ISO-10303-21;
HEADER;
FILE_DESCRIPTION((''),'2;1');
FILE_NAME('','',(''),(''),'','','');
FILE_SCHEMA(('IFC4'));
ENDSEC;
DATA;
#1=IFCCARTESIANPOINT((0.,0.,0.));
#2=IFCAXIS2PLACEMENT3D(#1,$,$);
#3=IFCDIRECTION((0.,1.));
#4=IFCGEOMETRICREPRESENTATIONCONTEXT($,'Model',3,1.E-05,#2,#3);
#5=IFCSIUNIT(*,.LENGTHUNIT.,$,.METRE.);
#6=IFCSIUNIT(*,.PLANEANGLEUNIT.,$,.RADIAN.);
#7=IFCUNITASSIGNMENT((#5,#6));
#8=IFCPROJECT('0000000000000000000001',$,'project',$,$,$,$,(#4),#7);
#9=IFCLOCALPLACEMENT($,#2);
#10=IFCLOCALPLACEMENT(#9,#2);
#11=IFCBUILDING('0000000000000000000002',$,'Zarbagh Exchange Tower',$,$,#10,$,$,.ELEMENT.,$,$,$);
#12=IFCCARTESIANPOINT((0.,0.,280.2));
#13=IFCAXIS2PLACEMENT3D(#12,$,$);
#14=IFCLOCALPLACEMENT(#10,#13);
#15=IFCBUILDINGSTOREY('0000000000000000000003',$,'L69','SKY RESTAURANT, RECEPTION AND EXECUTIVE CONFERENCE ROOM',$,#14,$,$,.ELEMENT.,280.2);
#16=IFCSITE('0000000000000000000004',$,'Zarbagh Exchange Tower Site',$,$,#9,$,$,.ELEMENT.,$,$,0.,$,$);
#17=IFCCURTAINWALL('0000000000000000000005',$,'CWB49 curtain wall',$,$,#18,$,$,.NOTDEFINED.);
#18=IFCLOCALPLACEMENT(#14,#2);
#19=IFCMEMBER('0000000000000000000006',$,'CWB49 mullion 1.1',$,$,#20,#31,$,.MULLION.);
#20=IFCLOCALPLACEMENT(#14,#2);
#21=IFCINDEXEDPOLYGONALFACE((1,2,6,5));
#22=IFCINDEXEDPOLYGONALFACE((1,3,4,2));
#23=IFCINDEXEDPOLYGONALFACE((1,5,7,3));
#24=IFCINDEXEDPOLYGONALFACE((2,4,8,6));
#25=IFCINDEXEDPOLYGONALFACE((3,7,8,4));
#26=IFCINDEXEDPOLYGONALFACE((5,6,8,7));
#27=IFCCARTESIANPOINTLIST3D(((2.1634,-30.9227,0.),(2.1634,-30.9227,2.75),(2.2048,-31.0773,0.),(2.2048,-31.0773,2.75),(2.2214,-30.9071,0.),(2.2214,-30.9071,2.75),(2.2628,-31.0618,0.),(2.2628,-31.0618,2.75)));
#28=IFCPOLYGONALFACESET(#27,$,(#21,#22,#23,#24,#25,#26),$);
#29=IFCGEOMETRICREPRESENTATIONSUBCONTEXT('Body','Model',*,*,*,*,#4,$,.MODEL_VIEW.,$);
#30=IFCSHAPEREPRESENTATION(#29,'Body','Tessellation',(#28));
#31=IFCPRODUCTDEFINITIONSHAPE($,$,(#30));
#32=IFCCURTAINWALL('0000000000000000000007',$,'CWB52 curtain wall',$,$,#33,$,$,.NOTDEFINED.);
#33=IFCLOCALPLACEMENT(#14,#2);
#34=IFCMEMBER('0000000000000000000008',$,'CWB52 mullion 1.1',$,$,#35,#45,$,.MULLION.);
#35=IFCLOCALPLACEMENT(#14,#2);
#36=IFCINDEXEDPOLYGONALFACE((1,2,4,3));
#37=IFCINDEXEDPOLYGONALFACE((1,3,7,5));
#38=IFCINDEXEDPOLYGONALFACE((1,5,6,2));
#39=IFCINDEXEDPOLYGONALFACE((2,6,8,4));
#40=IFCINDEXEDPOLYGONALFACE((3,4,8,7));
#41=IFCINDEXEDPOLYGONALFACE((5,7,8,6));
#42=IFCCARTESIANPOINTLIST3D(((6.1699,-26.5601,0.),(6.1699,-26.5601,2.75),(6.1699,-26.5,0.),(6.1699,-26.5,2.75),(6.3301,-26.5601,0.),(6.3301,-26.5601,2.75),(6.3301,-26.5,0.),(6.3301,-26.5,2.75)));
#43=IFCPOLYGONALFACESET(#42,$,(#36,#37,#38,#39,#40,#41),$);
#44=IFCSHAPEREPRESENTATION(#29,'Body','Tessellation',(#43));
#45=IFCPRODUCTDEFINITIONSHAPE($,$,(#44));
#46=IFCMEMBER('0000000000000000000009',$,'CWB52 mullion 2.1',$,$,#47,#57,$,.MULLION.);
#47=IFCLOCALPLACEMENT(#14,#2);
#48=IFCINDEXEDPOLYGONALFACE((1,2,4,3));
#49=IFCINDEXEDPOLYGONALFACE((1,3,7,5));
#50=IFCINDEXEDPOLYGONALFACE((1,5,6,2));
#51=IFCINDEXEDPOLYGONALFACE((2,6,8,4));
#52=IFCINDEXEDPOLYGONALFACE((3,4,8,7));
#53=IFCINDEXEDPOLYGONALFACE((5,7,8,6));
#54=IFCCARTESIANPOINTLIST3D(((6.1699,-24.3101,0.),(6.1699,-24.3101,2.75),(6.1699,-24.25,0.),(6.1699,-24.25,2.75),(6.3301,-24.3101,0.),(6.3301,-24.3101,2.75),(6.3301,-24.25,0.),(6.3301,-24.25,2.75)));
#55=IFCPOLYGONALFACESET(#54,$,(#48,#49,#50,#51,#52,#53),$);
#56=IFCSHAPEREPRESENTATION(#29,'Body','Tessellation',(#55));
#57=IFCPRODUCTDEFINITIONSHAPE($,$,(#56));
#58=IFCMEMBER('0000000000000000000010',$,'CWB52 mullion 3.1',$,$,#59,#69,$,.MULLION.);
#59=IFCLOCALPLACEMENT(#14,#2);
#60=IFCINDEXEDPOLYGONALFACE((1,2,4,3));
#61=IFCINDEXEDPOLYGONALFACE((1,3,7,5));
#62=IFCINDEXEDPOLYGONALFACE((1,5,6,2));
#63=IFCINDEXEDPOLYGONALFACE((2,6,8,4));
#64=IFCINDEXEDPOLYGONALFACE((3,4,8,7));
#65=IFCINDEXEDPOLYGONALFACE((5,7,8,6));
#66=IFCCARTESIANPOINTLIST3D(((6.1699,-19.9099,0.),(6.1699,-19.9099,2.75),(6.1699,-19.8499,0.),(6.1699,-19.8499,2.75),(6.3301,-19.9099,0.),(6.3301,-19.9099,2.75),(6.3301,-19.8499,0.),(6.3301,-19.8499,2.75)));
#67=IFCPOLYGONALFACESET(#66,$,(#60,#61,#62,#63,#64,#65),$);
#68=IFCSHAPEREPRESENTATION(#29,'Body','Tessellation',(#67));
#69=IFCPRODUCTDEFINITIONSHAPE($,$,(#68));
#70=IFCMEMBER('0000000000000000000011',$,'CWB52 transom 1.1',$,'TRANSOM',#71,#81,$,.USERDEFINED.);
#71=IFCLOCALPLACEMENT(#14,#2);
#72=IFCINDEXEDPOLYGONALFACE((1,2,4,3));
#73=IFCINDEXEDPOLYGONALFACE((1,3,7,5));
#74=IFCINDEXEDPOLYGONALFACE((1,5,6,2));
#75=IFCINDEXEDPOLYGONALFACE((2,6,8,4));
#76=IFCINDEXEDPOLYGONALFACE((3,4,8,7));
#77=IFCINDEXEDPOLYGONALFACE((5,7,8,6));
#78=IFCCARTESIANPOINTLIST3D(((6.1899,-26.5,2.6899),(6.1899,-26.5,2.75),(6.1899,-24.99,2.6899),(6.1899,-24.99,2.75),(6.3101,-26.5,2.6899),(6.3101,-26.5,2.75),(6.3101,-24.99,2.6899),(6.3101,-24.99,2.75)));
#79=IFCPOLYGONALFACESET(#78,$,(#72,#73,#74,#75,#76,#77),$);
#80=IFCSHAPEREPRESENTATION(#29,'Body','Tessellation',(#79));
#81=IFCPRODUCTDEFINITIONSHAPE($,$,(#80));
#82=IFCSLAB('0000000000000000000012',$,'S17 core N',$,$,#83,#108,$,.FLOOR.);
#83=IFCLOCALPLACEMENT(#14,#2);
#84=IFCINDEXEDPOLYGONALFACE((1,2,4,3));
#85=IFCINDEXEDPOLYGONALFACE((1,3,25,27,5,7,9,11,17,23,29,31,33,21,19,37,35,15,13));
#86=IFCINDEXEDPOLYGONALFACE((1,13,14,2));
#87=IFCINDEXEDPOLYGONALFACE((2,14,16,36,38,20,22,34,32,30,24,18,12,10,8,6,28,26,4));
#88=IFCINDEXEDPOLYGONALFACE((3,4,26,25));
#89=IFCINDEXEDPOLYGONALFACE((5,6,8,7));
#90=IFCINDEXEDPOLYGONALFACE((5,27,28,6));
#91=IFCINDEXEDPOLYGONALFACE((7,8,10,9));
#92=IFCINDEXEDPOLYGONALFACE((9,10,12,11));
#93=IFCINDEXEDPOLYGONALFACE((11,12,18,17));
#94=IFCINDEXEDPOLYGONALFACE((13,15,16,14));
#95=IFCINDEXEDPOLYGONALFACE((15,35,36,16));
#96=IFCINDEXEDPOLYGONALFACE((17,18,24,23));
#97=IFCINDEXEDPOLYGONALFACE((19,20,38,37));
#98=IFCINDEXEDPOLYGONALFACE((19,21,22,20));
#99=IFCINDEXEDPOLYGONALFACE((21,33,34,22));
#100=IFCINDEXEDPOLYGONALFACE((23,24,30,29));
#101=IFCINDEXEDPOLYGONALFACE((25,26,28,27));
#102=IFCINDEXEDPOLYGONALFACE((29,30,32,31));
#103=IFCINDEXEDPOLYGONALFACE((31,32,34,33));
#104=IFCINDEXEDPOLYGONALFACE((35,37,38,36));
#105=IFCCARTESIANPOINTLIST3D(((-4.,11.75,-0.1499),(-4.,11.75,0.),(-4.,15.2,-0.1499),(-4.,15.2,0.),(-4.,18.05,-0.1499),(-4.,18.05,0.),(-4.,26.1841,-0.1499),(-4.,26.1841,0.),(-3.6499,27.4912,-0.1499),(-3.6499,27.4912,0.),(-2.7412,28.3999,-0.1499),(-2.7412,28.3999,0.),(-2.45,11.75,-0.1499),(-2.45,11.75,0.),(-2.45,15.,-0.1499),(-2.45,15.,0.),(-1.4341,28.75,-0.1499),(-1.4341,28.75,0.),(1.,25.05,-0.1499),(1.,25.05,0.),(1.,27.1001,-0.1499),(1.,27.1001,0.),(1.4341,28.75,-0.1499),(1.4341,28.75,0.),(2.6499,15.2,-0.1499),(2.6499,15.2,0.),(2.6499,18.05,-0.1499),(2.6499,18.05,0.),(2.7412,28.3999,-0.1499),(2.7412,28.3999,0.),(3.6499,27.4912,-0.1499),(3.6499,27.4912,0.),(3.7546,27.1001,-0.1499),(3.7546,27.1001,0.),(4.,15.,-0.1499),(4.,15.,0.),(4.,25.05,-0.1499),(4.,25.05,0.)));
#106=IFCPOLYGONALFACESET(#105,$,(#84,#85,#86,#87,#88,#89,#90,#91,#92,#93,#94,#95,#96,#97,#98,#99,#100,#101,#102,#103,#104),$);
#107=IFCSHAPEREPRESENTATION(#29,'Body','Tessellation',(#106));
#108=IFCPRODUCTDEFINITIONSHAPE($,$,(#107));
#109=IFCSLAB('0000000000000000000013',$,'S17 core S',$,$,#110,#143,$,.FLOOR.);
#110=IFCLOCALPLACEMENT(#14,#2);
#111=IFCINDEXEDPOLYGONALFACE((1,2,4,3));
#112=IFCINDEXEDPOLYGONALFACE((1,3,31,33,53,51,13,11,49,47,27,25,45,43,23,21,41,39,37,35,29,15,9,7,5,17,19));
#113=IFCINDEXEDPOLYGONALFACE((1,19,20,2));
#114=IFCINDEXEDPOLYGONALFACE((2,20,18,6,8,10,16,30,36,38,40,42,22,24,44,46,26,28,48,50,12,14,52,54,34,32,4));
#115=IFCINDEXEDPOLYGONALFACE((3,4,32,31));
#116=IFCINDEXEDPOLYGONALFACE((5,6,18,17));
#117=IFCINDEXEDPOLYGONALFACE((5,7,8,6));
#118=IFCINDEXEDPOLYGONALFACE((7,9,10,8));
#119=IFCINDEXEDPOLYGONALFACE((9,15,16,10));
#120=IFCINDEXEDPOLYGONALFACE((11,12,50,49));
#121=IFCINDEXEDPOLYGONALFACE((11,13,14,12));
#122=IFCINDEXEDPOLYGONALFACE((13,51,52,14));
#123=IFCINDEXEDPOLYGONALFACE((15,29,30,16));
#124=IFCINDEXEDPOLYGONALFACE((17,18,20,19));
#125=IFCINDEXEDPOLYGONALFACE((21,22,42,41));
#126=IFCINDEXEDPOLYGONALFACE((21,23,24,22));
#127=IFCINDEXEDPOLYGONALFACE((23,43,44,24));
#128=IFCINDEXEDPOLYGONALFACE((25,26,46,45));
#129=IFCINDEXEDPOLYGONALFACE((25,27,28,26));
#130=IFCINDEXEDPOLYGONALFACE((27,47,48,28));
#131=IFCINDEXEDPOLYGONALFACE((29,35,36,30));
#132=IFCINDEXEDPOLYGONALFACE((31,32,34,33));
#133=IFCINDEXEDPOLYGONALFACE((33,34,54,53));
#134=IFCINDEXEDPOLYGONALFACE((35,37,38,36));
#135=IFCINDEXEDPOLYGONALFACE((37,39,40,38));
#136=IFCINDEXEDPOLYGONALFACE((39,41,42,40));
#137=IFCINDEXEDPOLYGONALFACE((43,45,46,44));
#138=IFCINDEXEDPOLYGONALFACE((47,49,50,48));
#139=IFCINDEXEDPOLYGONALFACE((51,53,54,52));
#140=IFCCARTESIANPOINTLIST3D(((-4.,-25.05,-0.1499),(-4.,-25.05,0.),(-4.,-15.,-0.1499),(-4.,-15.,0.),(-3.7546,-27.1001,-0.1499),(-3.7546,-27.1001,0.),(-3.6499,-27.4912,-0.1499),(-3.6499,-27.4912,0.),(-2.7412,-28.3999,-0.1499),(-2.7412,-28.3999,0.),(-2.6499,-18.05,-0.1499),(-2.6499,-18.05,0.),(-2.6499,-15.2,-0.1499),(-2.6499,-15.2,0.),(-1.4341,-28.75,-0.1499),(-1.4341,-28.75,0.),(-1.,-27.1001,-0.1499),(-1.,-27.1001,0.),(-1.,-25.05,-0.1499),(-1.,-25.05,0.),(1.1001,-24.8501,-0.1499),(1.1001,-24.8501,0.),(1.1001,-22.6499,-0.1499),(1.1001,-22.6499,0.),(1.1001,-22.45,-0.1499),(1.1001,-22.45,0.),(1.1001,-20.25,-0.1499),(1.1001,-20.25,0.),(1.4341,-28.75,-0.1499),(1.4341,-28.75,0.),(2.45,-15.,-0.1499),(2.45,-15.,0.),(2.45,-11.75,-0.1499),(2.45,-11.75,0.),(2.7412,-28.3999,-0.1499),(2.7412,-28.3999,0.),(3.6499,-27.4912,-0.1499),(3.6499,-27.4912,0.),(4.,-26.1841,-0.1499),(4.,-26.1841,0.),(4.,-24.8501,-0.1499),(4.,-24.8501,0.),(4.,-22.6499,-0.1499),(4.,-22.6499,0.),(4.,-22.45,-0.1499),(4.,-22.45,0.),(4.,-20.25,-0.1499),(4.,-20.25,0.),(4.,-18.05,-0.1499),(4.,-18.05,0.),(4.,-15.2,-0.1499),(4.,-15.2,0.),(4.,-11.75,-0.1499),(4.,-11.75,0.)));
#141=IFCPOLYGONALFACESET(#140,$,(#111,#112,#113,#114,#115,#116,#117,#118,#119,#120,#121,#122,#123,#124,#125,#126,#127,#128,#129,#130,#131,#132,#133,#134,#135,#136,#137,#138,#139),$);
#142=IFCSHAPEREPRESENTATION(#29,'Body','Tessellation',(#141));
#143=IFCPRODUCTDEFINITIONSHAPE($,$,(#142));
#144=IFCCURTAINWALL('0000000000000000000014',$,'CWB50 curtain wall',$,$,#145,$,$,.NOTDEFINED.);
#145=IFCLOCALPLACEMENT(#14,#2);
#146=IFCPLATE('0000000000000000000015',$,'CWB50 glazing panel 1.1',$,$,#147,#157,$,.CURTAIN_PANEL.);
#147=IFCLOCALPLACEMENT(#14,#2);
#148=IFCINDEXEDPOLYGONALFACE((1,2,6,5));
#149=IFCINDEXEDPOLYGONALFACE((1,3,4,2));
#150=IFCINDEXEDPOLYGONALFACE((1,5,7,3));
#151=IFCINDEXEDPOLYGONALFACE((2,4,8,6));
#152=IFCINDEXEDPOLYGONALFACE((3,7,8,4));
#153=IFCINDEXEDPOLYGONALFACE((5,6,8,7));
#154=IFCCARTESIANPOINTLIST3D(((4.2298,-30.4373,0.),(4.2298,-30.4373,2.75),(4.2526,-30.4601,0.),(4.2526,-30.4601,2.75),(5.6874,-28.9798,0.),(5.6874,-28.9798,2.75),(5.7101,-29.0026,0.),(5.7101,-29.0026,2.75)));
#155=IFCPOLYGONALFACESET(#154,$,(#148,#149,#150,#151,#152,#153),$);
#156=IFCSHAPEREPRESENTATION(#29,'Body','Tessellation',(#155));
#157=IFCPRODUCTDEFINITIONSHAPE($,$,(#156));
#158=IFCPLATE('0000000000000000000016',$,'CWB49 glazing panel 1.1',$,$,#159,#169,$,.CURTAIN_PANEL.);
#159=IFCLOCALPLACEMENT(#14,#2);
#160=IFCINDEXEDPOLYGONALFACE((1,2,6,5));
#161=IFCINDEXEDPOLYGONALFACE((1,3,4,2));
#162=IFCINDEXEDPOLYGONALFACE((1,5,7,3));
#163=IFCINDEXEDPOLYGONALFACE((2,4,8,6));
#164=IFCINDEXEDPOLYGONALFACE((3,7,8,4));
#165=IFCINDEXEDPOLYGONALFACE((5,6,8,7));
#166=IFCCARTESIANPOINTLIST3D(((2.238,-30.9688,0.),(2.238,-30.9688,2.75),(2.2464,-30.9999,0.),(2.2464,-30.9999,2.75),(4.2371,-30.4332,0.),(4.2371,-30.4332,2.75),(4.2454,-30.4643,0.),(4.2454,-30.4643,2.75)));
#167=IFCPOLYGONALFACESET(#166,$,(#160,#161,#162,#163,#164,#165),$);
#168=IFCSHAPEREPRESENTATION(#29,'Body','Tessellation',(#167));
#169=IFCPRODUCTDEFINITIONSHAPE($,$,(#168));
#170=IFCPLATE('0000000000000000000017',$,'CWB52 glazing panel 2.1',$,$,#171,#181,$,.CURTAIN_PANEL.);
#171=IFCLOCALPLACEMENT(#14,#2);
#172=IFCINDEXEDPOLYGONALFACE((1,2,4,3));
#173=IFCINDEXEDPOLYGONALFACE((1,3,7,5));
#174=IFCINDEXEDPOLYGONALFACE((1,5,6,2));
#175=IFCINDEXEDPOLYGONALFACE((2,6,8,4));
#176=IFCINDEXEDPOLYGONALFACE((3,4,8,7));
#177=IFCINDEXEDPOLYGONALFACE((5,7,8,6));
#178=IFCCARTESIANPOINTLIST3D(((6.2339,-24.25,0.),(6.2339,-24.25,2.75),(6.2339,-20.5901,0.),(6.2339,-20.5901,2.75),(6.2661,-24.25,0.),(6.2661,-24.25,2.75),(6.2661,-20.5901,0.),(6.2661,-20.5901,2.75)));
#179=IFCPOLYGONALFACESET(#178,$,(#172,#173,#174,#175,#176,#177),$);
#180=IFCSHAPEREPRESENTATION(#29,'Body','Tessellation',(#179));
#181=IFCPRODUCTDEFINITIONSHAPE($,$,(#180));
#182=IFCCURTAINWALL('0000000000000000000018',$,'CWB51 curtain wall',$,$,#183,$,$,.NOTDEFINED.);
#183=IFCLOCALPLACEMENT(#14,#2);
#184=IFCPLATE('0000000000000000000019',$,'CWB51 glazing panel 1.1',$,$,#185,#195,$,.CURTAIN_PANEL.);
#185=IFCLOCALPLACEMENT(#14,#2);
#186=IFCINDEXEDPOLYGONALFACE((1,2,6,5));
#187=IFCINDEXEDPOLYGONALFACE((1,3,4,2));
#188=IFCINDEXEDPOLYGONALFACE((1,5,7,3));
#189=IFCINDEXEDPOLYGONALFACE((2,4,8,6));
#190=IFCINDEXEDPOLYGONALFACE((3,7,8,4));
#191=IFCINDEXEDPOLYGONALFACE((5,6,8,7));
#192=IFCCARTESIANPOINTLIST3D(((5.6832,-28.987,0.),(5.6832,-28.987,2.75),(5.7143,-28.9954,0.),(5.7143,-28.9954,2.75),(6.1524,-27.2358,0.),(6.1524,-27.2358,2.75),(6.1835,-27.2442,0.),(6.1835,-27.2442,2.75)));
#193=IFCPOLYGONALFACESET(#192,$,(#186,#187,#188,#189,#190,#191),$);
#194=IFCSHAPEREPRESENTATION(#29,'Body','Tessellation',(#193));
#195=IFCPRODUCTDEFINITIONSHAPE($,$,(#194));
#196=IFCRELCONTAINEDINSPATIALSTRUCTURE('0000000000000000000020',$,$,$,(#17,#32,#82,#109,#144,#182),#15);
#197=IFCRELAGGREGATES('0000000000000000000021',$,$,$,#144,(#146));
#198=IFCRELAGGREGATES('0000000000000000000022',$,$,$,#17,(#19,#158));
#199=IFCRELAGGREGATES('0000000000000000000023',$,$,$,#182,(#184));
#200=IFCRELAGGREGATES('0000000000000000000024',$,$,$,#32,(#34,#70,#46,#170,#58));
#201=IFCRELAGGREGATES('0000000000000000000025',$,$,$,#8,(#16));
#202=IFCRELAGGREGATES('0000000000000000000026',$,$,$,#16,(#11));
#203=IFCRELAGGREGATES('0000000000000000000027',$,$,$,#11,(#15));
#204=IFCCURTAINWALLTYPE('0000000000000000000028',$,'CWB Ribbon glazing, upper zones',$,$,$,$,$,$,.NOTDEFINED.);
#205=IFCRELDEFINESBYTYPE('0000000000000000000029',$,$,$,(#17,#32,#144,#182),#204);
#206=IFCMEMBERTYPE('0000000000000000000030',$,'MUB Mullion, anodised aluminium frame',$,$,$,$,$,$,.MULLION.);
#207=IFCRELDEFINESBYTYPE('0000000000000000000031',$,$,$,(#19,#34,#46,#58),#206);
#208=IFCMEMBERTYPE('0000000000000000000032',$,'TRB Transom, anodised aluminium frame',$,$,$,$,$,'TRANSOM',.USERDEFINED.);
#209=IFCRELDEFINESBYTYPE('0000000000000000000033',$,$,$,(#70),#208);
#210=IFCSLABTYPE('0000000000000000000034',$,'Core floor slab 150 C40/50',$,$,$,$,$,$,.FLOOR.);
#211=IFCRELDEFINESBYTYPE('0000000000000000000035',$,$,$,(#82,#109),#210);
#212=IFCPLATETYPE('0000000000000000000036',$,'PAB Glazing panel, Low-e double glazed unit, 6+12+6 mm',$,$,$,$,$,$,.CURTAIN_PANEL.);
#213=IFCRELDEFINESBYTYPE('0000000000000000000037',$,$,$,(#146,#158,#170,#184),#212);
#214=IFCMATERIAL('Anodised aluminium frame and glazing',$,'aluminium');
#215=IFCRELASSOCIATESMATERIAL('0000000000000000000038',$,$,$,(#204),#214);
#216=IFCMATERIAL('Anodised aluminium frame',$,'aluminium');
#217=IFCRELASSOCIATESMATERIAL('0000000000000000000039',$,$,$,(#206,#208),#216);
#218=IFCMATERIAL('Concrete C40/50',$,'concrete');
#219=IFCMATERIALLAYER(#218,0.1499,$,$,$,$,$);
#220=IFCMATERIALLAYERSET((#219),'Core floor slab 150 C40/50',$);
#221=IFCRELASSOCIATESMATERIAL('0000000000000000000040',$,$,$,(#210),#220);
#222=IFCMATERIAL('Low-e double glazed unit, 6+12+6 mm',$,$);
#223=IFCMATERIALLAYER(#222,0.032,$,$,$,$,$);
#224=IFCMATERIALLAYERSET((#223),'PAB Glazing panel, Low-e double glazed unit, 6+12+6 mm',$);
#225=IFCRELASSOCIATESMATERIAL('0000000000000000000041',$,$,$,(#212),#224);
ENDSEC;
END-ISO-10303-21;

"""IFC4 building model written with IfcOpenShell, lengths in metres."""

from ifc_helpers import new_model, si_unit, direction, frame, origin, place, context, subcontext, project, spatial, polyline, outline, extrude, source, transform, mapped, material, layer, layer_set, type_object, element, aggregate, save


model = new_model("IFC4")

# Units and contexts
model_context = context("Model", 3, precision=1e-05, world=origin(), true_north=direction((0.0, 1.0)))
body_context = subcontext(model_context, "Body", "Model", "MODEL_VIEW")
ifc_project = project(units=[si_unit("LENGTHUNIT", "METRE"), si_unit("PLANEANGLEUNIT", "RADIAN")], contexts=[model_context])

# Site, building, storey
site_placement = place(None, origin())
site = spatial("IfcSite", under=ifc_project, at=site_placement, Name="Zarbagh Exchange Tower Site", CompositionType="ELEMENT", RefElevation=0.0)
building_placement = place(site_placement, origin())
building = spatial("IfcBuilding", under=site, at=building_placement, Name="Zarbagh Exchange Tower", CompositionType="ELEMENT")
storey_placement = place(building_placement, frame((0.0, 0.0, 280.2)))
storey = spatial("IfcBuildingStorey", under=building, at=storey_placement, Name="L69", Description="SKY RESTAURANT, RECEPTION AND EXECUTIVE CONFERENCE ROOM", CompositionType="ELEMENT", Elevation=280.2)

# Curtain wall, member
ifc_material_1 = material(Name="Anodised aluminium frame and glazing", Category="aluminium")
curtain_wall_type = type_object("IfcCurtainWallType", Name="CWB Ribbon glazing, upper zones", PredefinedType="NOTDEFINED", material=ifc_material_1)
curtain_wall_1_placement = place(storey_placement, origin())
curtain_wall_1 = element("IfcCurtainWall", 1, at=curtain_wall_1_placement, inside=storey, type_object=curtain_wall_type, Name="CWB49 curtain wall", PredefinedType="NOTDEFINED")
ifc_material_2 = material(Name="Anodised aluminium frame", Category="aluminium")
member_type_1 = type_object("IfcMemberType", Name="MUB Mullion, anodised aluminium frame", PredefinedType="MULLION", material=ifc_material_2)
shared_shape_1 = source(origin(), body_context, "Body", "SweptSolid", [
    extrude(outline(polyline([(0.0, -0.0801), (0.0601, -0.0801), (0.0601, 0.0801), (0.0, 0.0801), (0.0, -0.0801)])), origin(), (0.0, 0.0, 1.0), 2.75),
])
placement = place(storey_placement, origin())
member_1 = element("IfcMember", 2, at=placement, type_object=member_type_1, Name="CWB49 mullion 1.1", PredefinedType="MULLION", context=body_context, shape_type="MappedRepresentation", body=[
    mapped(shared_shape_1, transform((2.1841, -31.0, 0.0), x_axis=(0.965924, 0.258825, 0.0), y_axis=(-0.258825, 0.965924, 0.0), z_axis=(0.0, 0.0, 1.0))),
])

# Curtain wall, members
curtain_wall_2_placement = place(storey_placement, origin())
curtain_wall_2 = element("IfcCurtainWall", 3, at=curtain_wall_2_placement, inside=storey, type_object=curtain_wall_type, Name="CWB52 curtain wall", PredefinedType="NOTDEFINED")
member_2 = element("IfcMember", 4, at=placement, type_object=member_type_1, Name="CWB52 mullion 1.1", PredefinedType="MULLION", context=body_context, shape_type="MappedRepresentation", body=[
    mapped(shared_shape_1, transform((6.25, -26.5601, 0.0), x_axis=(0.0, 1.0, 0.0), y_axis=(-1.0, 0.0, 0.0), z_axis=(0.0, 0.0, 1.0))),
])
member_3 = element("IfcMember", 5, at=placement, type_object=member_type_1, Name="CWB52 mullion 2.1", PredefinedType="MULLION", context=body_context, shape_type="MappedRepresentation", body=[
    mapped(shared_shape_1, transform((6.25, -24.3101, 0.0), x_axis=(0.0, 1.0, 0.0), y_axis=(-1.0, 0.0, 0.0), z_axis=(0.0, 0.0, 1.0))),
])
member_4 = element("IfcMember", 6, at=placement, type_object=member_type_1, Name="CWB52 mullion 3.1", PredefinedType="MULLION", context=body_context, shape_type="MappedRepresentation", body=[
    mapped(shared_shape_1, transform((6.25, -19.9099, 0.0), x_axis=(0.0, 1.0, 0.0), y_axis=(-1.0, 0.0, 0.0), z_axis=(0.0, 0.0, 1.0))),
])
member_type_2 = type_object("IfcMemberType", Name="TRB Transom, anodised aluminium frame", ElementType="TRANSOM", PredefinedType="USERDEFINED", material=ifc_material_2)
shared_shape_2 = source(origin(), body_context, "Body", "SweptSolid", [
    extrude(outline(polyline([(-0.0601, -0.0601), (0.0, -0.0601), (0.0, 0.0601), (-0.0601, 0.0601), (-0.0601, -0.0601)])), origin(), (0.0, 0.0, 1.0), 1.51),
])
member_5 = element("IfcMember", 7, at=placement, type_object=member_type_2, Name="CWB52 transom 1.1", ObjectType="TRANSOM", PredefinedType="USERDEFINED", context=body_context, shape_type="MappedRepresentation", body=[
    mapped(shared_shape_2, transform((6.25, -26.5, 2.75), x_axis=(0.0, 0.0, 1.0), y_axis=(1.0, 0.0, 0.0), z_axis=(0.0, 1.0, 0.0))),
])

# Slabs
ifc_material_3 = material(Name="Concrete C40/50", Category="concrete")
ifc_layer_1 = layer(ifc_material_3, 0.1499)
ifc_layer_set_1 = layer_set([ifc_layer_1], Name="Core floor slab 150 C40/50")
slab_type = type_object("IfcSlabType", Name="Core floor slab 150 C40/50", PredefinedType="FLOOR", material=ifc_layer_set_1)
slab_1_placement = place(storey_placement, frame((0.0, 0.0, -0.1499)))
element("IfcSlab", 8, at=slab_1_placement, inside=storey, type_object=slab_type, Name="S17 core N", PredefinedType="FLOOR", context=body_context, shape_type="SweptSolid", body=[
    extrude(outline(polyline([(-4.0, 11.75), (-4.0, 15.2), (2.6499, 15.2), (2.6499, 18.05), (-4.0, 18.05), (-4.0, 26.1841), (-3.6499, 27.4912), (-2.7412, 28.3999), (-1.4341, 28.75), (1.4341, 28.75), (2.7412, 28.3999), (3.6499, 27.4912), (3.8577, 26.7151), (3.7546, 27.1001), (1.0, 27.1001), (1.0, 25.05), (4.0, 25.05), (4.0, 15.0), (-2.45, 15.0), (-2.45, 11.75), (-4.0, 11.75)])), origin(), (0.0, 0.0, 1.0), 0.1499),
])
slab_2_placement = place(storey_placement, frame((0.0, 0.0, -0.1499)))
element("IfcSlab", 9, at=slab_2_placement, inside=storey, type_object=slab_type, Name="S17 core S", PredefinedType="FLOOR", context=body_context, shape_type="SweptSolid", body=[
    extrude(outline(polyline([(-2.7412, -28.3999), (-3.6499, -27.4912), (-3.8577, -26.7151), (-3.7546, -27.1001), (-1.0, -27.1001), (-1.0, -25.05), (-4.0, -25.05), (-4.0, -15.0), (2.45, -15.0), (2.45, -11.75), (4.0, -11.75), (4.0, -15.2), (-2.6499, -15.2), (-2.6499, -18.05), (4.0, -18.05), (4.0, -20.25), (1.1001, -20.25), (1.1001, -22.45), (4.0, -22.45), (4.0, -22.6499), (1.1001, -22.6499), (1.1001, -24.8501), (4.0, -24.8501), (4.0, -26.1841), (3.6499, -27.4912), (2.7412, -28.3999), (1.4341, -28.75), (-1.4341, -28.75), (-2.7412, -28.3999)])), origin(), (0.0, 0.0, 1.0), 0.1499),
])

# Curtain wall, plate
curtain_wall_3_placement = place(storey_placement, origin())
curtain_wall_3 = element("IfcCurtainWall", 10, at=curtain_wall_3_placement, inside=storey, type_object=curtain_wall_type, Name="CWB50 curtain wall", PredefinedType="NOTDEFINED")
ifc_material_4 = material(Name="Low-e double glazed unit, 6+12+6 mm")
ifc_layer_2 = layer(ifc_material_4, 0.032)
ifc_layer_set_2 = layer_set([ifc_layer_2], Name="PAB Glazing panel, Low-e double glazed unit, 6+12+6 mm")
plate_type = type_object("IfcPlateType", Name="PAB Glazing panel, Low-e double glazed unit, 6+12+6 mm", PredefinedType="CURTAIN_PANEL", material=ifc_layer_set_2)
shared_shape_3 = source(origin(), body_context, "Body", "SweptSolid", [
    extrude(outline(polyline([(0.0, -0.0161), (2.0613, -0.0161), (2.0613, 0.0161), (0.0, 0.0161), (0.0, -0.0161)])), origin(), (0.0, 0.0, 1.0), 2.75),
])
plate_1 = element("IfcPlate", 11, at=placement, type_object=plate_type, Name="CWB50 glazing panel 1.1", PredefinedType="CURTAIN_PANEL", context=body_context, shape_type="MappedRepresentation", body=[
    mapped(shared_shape_3, transform((4.2412, -30.4487, 0.0), x_axis=(0.707107, 0.707107, 0.0), y_axis=(-0.707107, 0.707107, 0.0), z_axis=(0.0, 0.0, 1.0))),
])
aggregate(curtain_wall_3, [plate_1])

# Plates
shared_shape_4 = source(origin(), body_context, "Body", "SweptSolid", [
    extrude(outline(polyline([(0.0, -0.0161), (2.0696, -0.0161), (2.0696, 0.0161), (0.0, 0.0161), (0.0, -0.0161)])), origin(), (0.0, 0.0, 1.0), 2.75),
])
plate_2 = element("IfcPlate", 12, at=placement, type_object=plate_type, Name="CWB49 glazing panel 1.1", PredefinedType="CURTAIN_PANEL", context=body_context, shape_type="MappedRepresentation", body=[
    mapped(shared_shape_4, transform((2.2422, -30.9844, 0.0), x_axis=(0.965924, 0.258825, 0.0), y_axis=(-0.258825, 0.965924, 0.0), z_axis=(0.0, 0.0, 1.0))),
])
aggregate(curtain_wall_1, [member_1, plate_2])
shared_shape_5 = source(origin(), body_context, "Body", "SweptSolid", [
    extrude(outline(polyline([(0.0, -0.0161), (3.6599, -0.0161), (3.6599, 0.0161), (0.0, 0.0161), (0.0, -0.0161)])), origin(), (0.0, 0.0, 1.0), 2.75),
])
plate_3 = element("IfcPlate", 13, at=placement, type_object=plate_type, Name="CWB52 glazing panel 2.1", PredefinedType="CURTAIN_PANEL", context=body_context, shape_type="MappedRepresentation", body=[
    mapped(shared_shape_5, transform((6.25, -24.25, 0.0), x_axis=(0.0, 1.0, 0.0), y_axis=(-1.0, 0.0, 0.0), z_axis=(0.0, 0.0, 1.0))),
])

# Curtain wall, plate
curtain_wall_4_placement = place(storey_placement, origin())
curtain_wall_4 = element("IfcCurtainWall", 14, at=curtain_wall_4_placement, inside=storey, type_object=curtain_wall_type, Name="CWB51 curtain wall", PredefinedType="NOTDEFINED")
shared_shape_6 = source(origin(), body_context, "Body", "SweptSolid", [
    extrude(outline(polyline([(0.0, -0.0161), (1.813, -0.0161), (1.813, 0.0161), (0.0, 0.0161), (0.0, -0.0161)])), origin(), (0.0, 0.0, 1.0), 2.75),
])
plate_4 = element("IfcPlate", 15, at=placement, type_object=plate_type, Name="CWB51 glazing panel 1.1", PredefinedType="CURTAIN_PANEL", context=body_context, shape_type="MappedRepresentation", body=[
    mapped(shared_shape_6, transform((5.6987, -28.9912, 0.0), x_axis=(0.258825, 0.965924, 0.0), y_axis=(-0.965924, 0.258825, 0.0), z_axis=(0.0, 0.0, 1.0))),
])
aggregate(curtain_wall_4, [plate_4])

aggregate(curtain_wall_2, [member_2, member_5, member_3, plate_3, member_4])

save(model, "model.ifc")
